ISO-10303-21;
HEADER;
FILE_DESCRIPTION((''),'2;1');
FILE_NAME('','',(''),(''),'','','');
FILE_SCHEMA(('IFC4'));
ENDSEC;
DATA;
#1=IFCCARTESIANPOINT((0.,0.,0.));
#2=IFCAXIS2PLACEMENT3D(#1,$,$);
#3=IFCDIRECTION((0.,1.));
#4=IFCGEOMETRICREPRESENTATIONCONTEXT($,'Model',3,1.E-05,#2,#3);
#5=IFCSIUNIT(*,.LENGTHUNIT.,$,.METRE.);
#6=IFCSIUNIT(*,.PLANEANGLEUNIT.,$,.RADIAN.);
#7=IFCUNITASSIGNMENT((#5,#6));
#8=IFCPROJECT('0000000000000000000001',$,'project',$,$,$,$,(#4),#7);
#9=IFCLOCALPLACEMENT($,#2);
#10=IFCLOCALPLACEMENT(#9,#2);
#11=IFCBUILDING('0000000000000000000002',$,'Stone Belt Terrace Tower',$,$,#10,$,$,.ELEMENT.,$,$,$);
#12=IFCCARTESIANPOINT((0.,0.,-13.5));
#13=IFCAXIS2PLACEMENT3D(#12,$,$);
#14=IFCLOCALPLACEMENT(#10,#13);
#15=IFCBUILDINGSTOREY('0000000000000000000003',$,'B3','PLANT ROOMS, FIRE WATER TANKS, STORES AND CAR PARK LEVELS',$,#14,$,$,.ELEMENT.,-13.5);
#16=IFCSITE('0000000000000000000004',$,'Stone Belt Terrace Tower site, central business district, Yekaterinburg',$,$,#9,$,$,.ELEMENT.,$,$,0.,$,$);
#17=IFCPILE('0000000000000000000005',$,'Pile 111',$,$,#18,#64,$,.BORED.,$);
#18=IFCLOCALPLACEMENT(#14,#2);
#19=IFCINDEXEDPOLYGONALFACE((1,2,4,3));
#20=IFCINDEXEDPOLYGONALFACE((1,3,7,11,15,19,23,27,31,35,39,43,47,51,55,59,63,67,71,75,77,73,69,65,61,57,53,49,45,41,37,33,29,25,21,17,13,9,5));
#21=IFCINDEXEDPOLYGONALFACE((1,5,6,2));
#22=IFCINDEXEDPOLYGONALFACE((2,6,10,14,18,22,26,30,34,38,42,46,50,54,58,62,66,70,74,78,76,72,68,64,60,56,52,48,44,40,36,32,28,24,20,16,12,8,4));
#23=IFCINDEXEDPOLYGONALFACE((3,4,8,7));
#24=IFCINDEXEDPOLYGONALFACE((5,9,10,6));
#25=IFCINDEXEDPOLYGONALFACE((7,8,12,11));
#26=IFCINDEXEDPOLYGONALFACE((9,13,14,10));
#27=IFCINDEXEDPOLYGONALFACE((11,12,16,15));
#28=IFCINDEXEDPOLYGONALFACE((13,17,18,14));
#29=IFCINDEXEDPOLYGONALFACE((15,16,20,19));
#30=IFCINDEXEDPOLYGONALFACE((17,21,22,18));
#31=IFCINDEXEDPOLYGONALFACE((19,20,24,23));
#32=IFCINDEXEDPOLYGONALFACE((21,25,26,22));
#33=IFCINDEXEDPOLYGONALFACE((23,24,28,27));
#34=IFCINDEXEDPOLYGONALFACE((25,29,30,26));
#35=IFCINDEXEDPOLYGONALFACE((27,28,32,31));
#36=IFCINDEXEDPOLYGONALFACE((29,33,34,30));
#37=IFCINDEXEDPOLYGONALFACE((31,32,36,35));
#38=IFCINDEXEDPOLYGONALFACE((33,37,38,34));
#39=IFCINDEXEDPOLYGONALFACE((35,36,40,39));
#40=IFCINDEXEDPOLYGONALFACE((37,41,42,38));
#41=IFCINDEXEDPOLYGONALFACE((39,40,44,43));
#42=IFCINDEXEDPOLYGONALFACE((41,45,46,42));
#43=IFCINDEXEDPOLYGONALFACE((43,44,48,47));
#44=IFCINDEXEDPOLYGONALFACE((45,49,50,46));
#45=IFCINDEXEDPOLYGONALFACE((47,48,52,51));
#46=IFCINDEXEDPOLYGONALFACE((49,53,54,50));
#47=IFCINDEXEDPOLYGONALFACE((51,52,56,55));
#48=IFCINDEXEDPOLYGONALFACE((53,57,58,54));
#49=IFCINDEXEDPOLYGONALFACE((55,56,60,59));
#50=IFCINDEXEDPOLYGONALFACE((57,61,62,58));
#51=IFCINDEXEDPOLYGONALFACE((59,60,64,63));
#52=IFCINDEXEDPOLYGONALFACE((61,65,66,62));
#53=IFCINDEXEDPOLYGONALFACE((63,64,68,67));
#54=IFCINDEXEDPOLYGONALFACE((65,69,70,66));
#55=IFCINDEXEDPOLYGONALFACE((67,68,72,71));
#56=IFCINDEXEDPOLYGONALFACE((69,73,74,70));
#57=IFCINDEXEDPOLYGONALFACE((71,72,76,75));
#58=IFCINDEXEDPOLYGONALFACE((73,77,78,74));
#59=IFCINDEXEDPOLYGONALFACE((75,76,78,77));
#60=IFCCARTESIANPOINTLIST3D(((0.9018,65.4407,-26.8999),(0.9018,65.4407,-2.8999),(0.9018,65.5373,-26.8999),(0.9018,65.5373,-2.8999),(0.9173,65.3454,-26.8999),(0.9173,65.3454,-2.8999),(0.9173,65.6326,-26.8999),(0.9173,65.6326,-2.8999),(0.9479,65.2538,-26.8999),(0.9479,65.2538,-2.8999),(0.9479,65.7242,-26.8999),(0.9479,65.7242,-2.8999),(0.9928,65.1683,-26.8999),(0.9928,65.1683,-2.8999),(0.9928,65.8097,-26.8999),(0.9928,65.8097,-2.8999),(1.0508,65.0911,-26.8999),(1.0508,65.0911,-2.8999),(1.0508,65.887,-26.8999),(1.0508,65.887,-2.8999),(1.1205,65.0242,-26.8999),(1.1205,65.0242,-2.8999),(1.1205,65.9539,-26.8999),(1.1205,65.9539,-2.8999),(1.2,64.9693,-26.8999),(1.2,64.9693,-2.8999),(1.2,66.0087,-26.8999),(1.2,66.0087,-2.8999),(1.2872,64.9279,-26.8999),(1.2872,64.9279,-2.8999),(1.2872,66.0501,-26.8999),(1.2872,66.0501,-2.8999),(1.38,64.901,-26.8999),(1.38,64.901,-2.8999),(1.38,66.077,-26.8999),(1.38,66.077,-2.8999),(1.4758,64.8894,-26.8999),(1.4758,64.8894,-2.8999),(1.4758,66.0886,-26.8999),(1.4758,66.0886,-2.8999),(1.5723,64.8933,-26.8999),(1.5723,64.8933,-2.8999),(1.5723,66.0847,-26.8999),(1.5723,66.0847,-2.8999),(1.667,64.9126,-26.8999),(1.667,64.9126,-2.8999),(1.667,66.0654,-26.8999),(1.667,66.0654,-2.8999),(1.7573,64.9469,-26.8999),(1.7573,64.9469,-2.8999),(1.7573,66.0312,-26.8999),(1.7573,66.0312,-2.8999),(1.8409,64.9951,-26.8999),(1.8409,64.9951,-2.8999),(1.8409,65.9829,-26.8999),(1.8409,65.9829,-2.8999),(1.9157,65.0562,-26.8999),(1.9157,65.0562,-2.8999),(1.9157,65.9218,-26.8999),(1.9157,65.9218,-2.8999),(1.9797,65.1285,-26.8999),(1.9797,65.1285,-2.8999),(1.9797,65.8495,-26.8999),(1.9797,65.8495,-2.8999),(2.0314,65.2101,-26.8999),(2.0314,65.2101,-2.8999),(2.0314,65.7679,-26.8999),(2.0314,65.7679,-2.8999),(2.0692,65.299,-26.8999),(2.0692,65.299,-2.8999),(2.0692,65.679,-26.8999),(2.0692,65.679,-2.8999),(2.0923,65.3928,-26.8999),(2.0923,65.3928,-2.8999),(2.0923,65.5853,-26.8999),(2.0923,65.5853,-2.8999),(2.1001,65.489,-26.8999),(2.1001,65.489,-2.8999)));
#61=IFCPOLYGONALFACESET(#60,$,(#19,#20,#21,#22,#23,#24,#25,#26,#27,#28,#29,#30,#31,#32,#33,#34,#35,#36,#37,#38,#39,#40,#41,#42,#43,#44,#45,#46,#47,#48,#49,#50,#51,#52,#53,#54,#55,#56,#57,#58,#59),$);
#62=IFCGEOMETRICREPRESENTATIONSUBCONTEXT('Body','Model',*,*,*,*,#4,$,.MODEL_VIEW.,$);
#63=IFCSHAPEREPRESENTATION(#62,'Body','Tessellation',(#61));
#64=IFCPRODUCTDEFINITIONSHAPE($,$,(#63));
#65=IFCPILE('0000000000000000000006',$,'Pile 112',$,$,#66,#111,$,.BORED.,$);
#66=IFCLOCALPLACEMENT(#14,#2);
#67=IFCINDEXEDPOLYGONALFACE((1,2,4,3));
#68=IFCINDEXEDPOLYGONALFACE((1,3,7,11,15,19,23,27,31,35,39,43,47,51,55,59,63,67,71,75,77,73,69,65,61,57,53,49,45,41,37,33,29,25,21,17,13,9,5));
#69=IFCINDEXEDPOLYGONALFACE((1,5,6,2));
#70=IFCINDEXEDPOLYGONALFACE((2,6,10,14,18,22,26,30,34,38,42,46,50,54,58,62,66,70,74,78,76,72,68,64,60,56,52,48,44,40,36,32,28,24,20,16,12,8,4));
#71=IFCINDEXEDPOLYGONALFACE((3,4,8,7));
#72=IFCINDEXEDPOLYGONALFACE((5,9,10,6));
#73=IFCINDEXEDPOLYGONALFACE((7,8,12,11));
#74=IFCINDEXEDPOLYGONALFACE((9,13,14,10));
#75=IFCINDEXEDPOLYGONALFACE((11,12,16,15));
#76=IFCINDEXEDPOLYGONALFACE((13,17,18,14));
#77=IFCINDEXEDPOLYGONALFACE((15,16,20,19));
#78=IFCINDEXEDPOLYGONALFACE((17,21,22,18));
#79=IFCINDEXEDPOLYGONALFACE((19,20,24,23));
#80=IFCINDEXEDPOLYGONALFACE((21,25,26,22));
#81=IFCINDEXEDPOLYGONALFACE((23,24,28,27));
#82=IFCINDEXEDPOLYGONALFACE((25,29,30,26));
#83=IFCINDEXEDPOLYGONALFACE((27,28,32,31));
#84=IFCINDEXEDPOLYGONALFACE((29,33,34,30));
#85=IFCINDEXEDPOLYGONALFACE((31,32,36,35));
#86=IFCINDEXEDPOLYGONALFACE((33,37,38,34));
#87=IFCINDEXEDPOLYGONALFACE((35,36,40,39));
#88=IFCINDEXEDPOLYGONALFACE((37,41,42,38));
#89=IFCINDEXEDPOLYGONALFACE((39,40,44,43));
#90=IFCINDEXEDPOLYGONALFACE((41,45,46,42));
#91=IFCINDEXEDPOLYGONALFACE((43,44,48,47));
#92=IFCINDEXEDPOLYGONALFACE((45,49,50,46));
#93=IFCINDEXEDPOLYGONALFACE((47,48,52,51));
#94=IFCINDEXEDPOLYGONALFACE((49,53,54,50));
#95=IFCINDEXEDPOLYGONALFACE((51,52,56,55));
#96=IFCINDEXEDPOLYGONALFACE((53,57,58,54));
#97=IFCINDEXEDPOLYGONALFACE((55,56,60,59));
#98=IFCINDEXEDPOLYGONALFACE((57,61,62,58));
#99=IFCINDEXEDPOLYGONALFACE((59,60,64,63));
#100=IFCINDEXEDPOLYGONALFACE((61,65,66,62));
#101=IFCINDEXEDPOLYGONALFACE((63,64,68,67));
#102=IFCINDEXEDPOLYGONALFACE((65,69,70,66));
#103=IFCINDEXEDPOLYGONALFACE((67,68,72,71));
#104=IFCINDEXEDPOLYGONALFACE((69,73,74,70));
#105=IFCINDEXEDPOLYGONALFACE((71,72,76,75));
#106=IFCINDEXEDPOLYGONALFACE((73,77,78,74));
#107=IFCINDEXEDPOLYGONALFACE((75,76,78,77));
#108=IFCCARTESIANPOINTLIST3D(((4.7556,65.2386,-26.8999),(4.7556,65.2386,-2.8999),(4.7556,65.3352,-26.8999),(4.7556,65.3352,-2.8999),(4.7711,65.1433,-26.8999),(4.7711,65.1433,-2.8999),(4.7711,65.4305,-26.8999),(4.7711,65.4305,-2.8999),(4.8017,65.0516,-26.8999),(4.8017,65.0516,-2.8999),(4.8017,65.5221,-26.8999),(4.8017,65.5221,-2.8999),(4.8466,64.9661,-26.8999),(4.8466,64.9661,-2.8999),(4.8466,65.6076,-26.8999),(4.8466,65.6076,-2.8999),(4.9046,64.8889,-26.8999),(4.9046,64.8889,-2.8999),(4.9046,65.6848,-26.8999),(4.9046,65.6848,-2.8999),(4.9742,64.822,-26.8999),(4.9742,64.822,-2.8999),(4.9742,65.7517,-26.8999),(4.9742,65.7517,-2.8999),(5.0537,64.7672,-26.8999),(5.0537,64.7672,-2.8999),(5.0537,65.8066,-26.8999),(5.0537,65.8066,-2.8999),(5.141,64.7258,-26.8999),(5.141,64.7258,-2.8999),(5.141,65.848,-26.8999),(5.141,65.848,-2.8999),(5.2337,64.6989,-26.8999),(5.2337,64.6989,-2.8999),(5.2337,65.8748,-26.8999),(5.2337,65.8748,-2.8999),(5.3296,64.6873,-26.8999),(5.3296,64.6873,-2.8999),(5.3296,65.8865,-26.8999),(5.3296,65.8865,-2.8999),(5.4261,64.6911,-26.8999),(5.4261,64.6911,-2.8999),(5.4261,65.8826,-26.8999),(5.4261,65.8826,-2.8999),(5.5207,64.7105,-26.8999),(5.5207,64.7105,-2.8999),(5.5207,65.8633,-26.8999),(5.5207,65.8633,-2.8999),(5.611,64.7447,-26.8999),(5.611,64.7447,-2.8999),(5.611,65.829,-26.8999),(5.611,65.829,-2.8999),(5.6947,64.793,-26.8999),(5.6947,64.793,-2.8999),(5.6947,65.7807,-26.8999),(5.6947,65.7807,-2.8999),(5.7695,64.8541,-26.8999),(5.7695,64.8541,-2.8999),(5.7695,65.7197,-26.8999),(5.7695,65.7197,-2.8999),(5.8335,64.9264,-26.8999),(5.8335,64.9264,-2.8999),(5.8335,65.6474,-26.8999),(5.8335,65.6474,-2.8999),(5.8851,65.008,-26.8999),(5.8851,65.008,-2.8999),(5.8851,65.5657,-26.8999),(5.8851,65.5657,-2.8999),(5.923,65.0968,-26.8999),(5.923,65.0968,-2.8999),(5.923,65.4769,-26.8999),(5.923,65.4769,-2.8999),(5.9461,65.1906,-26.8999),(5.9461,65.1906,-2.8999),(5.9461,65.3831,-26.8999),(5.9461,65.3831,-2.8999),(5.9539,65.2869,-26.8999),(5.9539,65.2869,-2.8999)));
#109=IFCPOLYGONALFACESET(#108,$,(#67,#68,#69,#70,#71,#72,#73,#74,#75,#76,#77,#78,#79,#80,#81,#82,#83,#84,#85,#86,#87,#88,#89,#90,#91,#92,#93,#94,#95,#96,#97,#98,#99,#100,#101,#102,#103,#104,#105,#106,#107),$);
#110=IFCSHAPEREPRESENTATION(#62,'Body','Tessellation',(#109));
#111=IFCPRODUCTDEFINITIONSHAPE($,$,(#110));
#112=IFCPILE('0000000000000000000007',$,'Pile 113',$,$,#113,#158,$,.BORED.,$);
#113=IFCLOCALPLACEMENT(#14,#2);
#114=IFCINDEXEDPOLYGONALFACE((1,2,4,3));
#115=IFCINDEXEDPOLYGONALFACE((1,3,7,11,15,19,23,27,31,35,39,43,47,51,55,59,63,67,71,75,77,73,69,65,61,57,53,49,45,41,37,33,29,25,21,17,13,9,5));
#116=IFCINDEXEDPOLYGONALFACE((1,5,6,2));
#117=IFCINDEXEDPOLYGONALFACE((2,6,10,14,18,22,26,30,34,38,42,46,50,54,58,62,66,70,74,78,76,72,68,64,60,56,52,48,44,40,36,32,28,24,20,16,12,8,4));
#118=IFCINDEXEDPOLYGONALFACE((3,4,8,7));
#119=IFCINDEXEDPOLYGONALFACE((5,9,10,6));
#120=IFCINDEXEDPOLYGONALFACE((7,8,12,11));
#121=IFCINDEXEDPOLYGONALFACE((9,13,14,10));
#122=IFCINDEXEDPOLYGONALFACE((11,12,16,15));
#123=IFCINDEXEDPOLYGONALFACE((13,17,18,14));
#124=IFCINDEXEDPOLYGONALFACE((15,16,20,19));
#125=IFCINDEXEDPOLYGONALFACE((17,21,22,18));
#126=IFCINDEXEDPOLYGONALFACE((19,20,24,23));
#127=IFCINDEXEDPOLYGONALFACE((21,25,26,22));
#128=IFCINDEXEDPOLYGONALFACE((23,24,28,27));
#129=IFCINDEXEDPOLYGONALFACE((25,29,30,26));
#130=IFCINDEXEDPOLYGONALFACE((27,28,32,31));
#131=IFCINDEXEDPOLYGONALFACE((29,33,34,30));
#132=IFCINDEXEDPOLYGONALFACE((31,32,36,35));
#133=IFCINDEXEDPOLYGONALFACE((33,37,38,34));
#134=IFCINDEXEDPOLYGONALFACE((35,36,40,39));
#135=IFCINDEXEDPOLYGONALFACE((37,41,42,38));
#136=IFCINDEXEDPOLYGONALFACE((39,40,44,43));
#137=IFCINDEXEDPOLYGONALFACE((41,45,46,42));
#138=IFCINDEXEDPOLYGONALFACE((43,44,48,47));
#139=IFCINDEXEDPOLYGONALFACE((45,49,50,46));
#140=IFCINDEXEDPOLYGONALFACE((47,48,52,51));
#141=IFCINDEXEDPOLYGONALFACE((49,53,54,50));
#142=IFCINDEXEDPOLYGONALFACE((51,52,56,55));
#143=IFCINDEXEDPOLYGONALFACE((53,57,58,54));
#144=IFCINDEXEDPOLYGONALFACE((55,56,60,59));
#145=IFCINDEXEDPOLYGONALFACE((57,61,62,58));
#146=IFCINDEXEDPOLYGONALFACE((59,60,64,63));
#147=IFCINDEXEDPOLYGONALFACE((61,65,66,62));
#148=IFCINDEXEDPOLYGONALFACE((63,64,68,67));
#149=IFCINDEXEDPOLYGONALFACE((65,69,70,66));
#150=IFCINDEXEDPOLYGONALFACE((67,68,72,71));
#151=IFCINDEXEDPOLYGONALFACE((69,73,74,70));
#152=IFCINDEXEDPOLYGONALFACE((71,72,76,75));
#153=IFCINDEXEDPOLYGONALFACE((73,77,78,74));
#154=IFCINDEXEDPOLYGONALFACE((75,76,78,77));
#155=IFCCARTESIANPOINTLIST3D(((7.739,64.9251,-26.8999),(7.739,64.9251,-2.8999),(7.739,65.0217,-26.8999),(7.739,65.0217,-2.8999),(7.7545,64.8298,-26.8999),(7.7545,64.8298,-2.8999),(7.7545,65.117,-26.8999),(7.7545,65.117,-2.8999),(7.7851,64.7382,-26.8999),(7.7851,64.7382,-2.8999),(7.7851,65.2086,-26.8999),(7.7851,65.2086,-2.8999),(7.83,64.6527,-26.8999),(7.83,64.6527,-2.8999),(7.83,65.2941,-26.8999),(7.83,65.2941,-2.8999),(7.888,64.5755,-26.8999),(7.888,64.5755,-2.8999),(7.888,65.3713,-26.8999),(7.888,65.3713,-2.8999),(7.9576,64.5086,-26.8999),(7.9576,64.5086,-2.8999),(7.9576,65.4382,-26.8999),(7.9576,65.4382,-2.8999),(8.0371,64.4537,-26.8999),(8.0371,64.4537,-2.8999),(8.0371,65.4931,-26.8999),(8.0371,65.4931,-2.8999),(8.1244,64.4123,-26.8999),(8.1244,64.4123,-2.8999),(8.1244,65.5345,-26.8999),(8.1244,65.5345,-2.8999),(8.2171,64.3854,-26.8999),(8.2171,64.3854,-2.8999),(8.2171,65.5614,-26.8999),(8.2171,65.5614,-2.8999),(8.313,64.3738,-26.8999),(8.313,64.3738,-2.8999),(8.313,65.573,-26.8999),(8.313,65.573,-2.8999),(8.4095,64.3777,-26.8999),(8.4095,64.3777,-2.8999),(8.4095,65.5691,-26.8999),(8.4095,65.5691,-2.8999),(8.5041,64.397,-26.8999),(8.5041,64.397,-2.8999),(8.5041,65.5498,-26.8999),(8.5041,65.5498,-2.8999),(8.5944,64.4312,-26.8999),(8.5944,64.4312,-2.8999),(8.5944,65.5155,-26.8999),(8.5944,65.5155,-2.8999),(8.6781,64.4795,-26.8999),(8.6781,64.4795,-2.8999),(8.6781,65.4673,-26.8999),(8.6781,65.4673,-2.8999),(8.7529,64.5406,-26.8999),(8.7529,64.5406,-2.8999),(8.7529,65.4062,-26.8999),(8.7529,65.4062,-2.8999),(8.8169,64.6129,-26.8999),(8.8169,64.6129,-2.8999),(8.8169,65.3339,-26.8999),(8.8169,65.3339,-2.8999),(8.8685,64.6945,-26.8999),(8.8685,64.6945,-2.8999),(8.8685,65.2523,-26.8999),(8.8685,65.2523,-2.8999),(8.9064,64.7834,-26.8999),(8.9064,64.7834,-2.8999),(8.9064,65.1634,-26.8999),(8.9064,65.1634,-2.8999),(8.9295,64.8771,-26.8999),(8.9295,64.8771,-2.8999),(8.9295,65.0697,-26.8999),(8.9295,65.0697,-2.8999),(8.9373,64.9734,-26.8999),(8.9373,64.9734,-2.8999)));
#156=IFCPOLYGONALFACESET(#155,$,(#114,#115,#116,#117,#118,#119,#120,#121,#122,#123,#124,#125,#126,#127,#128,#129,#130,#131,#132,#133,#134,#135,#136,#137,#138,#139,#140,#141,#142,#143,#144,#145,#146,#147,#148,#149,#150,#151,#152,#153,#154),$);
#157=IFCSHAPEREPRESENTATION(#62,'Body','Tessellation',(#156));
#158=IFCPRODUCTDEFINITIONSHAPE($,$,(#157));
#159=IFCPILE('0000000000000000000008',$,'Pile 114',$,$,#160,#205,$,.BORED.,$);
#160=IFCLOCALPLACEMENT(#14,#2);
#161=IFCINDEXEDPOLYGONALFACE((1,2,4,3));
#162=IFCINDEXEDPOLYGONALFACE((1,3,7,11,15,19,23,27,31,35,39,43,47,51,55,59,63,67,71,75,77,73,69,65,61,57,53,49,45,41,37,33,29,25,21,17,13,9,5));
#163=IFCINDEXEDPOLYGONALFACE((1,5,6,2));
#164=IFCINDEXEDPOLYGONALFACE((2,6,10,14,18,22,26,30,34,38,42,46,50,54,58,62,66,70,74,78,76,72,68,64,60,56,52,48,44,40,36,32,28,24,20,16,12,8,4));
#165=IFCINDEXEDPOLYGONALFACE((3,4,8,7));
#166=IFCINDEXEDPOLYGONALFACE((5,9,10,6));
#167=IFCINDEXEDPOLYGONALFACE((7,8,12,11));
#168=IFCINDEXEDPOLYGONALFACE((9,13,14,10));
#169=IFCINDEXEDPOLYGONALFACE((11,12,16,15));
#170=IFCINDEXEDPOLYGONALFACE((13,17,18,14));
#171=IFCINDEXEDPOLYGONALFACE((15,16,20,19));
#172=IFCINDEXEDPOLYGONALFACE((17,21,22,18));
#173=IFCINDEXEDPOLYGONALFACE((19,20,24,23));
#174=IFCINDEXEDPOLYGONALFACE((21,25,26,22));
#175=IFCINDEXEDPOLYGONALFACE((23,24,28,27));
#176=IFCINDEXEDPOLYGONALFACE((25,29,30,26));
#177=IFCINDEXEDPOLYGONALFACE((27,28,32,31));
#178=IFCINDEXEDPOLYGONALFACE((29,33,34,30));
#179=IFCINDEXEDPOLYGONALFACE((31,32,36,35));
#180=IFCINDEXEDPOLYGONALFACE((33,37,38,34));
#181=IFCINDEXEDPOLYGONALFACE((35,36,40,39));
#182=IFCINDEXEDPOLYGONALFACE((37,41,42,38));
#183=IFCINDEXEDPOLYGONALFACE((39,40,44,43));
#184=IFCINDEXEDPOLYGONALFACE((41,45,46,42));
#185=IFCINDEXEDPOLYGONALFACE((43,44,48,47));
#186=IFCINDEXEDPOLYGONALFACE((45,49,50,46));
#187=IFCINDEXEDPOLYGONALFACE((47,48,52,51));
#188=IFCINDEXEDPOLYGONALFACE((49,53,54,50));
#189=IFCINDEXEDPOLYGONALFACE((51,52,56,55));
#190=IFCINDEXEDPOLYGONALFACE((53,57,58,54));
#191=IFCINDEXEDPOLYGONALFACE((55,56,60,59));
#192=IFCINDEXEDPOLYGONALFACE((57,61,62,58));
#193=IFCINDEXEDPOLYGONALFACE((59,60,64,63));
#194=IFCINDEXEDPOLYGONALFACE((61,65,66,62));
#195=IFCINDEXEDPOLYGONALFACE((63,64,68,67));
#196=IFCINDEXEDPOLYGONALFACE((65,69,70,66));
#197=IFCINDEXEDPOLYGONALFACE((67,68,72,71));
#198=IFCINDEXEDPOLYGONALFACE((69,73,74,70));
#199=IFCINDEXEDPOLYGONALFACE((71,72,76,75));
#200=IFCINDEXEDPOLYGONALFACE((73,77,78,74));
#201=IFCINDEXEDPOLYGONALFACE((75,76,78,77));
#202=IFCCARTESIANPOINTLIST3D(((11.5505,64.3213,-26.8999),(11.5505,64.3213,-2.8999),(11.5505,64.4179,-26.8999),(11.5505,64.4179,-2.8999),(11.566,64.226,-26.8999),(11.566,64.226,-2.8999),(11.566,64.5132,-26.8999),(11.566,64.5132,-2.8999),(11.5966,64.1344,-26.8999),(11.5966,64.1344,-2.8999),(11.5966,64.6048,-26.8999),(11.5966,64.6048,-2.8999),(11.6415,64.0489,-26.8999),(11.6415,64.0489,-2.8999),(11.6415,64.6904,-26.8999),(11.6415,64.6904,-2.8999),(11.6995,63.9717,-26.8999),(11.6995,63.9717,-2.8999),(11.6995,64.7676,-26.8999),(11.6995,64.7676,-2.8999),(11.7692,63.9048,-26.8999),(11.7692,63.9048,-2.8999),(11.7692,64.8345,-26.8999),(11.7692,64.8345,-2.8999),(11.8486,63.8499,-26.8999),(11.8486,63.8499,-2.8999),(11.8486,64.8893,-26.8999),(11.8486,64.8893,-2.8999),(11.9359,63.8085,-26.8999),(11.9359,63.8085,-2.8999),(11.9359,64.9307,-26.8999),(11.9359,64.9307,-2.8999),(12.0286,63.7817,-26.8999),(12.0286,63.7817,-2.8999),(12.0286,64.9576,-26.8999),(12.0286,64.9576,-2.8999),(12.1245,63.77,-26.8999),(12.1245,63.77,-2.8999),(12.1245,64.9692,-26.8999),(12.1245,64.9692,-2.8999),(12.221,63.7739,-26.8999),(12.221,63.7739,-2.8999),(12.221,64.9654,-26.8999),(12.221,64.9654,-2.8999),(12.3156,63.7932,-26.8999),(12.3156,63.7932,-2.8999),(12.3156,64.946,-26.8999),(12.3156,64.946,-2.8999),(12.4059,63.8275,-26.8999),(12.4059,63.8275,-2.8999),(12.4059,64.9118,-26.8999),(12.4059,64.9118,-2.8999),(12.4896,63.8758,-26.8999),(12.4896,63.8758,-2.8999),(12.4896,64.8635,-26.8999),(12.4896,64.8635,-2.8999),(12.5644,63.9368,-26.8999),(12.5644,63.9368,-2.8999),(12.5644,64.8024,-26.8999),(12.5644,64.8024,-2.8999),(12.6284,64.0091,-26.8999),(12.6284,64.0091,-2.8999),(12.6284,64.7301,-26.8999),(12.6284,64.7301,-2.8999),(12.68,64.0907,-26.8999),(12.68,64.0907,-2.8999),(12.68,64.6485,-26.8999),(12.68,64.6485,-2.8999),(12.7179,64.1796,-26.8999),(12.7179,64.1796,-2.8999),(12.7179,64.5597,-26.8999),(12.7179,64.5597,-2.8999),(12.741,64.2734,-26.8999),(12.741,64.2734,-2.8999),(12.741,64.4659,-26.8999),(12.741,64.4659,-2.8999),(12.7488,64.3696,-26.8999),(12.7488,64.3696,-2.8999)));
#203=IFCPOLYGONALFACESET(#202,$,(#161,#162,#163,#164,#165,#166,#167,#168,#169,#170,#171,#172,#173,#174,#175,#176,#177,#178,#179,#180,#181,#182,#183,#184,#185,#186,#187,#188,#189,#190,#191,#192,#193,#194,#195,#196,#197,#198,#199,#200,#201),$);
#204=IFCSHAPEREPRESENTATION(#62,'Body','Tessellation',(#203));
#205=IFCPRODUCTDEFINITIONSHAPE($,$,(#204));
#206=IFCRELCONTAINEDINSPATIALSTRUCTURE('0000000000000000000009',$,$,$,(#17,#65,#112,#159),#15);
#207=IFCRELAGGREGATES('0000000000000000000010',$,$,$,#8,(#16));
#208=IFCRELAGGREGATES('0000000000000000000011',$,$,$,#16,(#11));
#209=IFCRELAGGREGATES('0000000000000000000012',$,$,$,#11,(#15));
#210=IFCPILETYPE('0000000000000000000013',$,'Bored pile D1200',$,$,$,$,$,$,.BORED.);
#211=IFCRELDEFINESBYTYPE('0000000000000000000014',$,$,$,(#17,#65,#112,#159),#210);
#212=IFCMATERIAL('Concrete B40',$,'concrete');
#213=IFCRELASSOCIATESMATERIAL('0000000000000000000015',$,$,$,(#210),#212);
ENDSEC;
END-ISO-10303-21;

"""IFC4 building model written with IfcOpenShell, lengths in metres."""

from ifc_helpers import new_model, si_unit, direction, frame, origin, origin_2d, place, context, subcontext, project, spatial, circle, extrude, material, material_profile, profile_set, type_object, element, save


model = new_model("IFC4")

# Units and contexts
model_context = context("Model", 3, precision=1e-05, world=origin(), true_north=direction((0.0, 1.0)))
body_context = subcontext(model_context, "Body", "Model", "MODEL_VIEW")
ifc_project = project(units=[si_unit("LENGTHUNIT", "METRE"), si_unit("PLANEANGLEUNIT", "RADIAN")], contexts=[model_context])

# Site, building, storey
site_placement = place(None, origin())
site = spatial("IfcSite", under=ifc_project, at=site_placement, Name="Stone Belt Terrace Tower site, central business district, Yekaterinburg", CompositionType="ELEMENT", RefElevation=0.0)
building_placement = place(site_placement, origin())
building = spatial("IfcBuilding", under=site, at=building_placement, Name="Stone Belt Terrace Tower", CompositionType="ELEMENT")
storey_placement = place(building_placement, frame((0.0, 0.0, -13.5)))
storey = spatial("IfcBuildingStorey", under=building, at=storey_placement, Name="B3", Description="PLANT ROOMS, FIRE WATER TANKS, STORES AND CAR PARK LEVELS", CompositionType="ELEMENT", Elevation=-13.5)

# Piles
ifc_material_1 = material(Name="Concrete B40", Category="concrete")
ifc_material_profile_1 = material_profile(ifc_material_1, circle(Radius=0.6001, at=origin_2d()), Name="PILE D1200")
ifc_profile_set_1 = profile_set([ifc_material_profile_1], Name="Concrete B40")
pile_type = type_object("IfcPileType", Name="Bored pile D1200", PredefinedType="BORED", material=ifc_profile_set_1)
for number, where, z_axis, x_axis, name in (
    (1, (1.5, 65.489, -2.8999), (0.0, 0.0, -1.0), (1.0, 0.0, 0.0), "Pile 111"),
    (2, (5.3538, 65.2869, -2.8999), (0.0, 0.0, -1.0), (1.0, 0.0, 0.0), "Pile 112"),
    (3, (8.3372, 64.9734, -2.8999), (0.0, 0.0, -1.0), (1.0, 0.0, 0.0), "Pile 113"),
    (4, (12.1487, 64.3696, -2.8999), (0.0, 0.0, -1.0), (1.0, 0.0, 0.0), "Pile 114"),
):
    element("IfcPile", number, at=place(storey_placement, frame(where, z_axis=z_axis, x_axis=x_axis)), inside=storey, type_object=pile_type, Name=name, PredefinedType="BORED", context=body_context, shape_type="SweptSolid", body=[
        extrude(circle(Radius=0.6001, at=origin_2d()), origin(), (0.0, 0.0, 1.0), 24.0),
    ])

save(model, "model.ifc")
